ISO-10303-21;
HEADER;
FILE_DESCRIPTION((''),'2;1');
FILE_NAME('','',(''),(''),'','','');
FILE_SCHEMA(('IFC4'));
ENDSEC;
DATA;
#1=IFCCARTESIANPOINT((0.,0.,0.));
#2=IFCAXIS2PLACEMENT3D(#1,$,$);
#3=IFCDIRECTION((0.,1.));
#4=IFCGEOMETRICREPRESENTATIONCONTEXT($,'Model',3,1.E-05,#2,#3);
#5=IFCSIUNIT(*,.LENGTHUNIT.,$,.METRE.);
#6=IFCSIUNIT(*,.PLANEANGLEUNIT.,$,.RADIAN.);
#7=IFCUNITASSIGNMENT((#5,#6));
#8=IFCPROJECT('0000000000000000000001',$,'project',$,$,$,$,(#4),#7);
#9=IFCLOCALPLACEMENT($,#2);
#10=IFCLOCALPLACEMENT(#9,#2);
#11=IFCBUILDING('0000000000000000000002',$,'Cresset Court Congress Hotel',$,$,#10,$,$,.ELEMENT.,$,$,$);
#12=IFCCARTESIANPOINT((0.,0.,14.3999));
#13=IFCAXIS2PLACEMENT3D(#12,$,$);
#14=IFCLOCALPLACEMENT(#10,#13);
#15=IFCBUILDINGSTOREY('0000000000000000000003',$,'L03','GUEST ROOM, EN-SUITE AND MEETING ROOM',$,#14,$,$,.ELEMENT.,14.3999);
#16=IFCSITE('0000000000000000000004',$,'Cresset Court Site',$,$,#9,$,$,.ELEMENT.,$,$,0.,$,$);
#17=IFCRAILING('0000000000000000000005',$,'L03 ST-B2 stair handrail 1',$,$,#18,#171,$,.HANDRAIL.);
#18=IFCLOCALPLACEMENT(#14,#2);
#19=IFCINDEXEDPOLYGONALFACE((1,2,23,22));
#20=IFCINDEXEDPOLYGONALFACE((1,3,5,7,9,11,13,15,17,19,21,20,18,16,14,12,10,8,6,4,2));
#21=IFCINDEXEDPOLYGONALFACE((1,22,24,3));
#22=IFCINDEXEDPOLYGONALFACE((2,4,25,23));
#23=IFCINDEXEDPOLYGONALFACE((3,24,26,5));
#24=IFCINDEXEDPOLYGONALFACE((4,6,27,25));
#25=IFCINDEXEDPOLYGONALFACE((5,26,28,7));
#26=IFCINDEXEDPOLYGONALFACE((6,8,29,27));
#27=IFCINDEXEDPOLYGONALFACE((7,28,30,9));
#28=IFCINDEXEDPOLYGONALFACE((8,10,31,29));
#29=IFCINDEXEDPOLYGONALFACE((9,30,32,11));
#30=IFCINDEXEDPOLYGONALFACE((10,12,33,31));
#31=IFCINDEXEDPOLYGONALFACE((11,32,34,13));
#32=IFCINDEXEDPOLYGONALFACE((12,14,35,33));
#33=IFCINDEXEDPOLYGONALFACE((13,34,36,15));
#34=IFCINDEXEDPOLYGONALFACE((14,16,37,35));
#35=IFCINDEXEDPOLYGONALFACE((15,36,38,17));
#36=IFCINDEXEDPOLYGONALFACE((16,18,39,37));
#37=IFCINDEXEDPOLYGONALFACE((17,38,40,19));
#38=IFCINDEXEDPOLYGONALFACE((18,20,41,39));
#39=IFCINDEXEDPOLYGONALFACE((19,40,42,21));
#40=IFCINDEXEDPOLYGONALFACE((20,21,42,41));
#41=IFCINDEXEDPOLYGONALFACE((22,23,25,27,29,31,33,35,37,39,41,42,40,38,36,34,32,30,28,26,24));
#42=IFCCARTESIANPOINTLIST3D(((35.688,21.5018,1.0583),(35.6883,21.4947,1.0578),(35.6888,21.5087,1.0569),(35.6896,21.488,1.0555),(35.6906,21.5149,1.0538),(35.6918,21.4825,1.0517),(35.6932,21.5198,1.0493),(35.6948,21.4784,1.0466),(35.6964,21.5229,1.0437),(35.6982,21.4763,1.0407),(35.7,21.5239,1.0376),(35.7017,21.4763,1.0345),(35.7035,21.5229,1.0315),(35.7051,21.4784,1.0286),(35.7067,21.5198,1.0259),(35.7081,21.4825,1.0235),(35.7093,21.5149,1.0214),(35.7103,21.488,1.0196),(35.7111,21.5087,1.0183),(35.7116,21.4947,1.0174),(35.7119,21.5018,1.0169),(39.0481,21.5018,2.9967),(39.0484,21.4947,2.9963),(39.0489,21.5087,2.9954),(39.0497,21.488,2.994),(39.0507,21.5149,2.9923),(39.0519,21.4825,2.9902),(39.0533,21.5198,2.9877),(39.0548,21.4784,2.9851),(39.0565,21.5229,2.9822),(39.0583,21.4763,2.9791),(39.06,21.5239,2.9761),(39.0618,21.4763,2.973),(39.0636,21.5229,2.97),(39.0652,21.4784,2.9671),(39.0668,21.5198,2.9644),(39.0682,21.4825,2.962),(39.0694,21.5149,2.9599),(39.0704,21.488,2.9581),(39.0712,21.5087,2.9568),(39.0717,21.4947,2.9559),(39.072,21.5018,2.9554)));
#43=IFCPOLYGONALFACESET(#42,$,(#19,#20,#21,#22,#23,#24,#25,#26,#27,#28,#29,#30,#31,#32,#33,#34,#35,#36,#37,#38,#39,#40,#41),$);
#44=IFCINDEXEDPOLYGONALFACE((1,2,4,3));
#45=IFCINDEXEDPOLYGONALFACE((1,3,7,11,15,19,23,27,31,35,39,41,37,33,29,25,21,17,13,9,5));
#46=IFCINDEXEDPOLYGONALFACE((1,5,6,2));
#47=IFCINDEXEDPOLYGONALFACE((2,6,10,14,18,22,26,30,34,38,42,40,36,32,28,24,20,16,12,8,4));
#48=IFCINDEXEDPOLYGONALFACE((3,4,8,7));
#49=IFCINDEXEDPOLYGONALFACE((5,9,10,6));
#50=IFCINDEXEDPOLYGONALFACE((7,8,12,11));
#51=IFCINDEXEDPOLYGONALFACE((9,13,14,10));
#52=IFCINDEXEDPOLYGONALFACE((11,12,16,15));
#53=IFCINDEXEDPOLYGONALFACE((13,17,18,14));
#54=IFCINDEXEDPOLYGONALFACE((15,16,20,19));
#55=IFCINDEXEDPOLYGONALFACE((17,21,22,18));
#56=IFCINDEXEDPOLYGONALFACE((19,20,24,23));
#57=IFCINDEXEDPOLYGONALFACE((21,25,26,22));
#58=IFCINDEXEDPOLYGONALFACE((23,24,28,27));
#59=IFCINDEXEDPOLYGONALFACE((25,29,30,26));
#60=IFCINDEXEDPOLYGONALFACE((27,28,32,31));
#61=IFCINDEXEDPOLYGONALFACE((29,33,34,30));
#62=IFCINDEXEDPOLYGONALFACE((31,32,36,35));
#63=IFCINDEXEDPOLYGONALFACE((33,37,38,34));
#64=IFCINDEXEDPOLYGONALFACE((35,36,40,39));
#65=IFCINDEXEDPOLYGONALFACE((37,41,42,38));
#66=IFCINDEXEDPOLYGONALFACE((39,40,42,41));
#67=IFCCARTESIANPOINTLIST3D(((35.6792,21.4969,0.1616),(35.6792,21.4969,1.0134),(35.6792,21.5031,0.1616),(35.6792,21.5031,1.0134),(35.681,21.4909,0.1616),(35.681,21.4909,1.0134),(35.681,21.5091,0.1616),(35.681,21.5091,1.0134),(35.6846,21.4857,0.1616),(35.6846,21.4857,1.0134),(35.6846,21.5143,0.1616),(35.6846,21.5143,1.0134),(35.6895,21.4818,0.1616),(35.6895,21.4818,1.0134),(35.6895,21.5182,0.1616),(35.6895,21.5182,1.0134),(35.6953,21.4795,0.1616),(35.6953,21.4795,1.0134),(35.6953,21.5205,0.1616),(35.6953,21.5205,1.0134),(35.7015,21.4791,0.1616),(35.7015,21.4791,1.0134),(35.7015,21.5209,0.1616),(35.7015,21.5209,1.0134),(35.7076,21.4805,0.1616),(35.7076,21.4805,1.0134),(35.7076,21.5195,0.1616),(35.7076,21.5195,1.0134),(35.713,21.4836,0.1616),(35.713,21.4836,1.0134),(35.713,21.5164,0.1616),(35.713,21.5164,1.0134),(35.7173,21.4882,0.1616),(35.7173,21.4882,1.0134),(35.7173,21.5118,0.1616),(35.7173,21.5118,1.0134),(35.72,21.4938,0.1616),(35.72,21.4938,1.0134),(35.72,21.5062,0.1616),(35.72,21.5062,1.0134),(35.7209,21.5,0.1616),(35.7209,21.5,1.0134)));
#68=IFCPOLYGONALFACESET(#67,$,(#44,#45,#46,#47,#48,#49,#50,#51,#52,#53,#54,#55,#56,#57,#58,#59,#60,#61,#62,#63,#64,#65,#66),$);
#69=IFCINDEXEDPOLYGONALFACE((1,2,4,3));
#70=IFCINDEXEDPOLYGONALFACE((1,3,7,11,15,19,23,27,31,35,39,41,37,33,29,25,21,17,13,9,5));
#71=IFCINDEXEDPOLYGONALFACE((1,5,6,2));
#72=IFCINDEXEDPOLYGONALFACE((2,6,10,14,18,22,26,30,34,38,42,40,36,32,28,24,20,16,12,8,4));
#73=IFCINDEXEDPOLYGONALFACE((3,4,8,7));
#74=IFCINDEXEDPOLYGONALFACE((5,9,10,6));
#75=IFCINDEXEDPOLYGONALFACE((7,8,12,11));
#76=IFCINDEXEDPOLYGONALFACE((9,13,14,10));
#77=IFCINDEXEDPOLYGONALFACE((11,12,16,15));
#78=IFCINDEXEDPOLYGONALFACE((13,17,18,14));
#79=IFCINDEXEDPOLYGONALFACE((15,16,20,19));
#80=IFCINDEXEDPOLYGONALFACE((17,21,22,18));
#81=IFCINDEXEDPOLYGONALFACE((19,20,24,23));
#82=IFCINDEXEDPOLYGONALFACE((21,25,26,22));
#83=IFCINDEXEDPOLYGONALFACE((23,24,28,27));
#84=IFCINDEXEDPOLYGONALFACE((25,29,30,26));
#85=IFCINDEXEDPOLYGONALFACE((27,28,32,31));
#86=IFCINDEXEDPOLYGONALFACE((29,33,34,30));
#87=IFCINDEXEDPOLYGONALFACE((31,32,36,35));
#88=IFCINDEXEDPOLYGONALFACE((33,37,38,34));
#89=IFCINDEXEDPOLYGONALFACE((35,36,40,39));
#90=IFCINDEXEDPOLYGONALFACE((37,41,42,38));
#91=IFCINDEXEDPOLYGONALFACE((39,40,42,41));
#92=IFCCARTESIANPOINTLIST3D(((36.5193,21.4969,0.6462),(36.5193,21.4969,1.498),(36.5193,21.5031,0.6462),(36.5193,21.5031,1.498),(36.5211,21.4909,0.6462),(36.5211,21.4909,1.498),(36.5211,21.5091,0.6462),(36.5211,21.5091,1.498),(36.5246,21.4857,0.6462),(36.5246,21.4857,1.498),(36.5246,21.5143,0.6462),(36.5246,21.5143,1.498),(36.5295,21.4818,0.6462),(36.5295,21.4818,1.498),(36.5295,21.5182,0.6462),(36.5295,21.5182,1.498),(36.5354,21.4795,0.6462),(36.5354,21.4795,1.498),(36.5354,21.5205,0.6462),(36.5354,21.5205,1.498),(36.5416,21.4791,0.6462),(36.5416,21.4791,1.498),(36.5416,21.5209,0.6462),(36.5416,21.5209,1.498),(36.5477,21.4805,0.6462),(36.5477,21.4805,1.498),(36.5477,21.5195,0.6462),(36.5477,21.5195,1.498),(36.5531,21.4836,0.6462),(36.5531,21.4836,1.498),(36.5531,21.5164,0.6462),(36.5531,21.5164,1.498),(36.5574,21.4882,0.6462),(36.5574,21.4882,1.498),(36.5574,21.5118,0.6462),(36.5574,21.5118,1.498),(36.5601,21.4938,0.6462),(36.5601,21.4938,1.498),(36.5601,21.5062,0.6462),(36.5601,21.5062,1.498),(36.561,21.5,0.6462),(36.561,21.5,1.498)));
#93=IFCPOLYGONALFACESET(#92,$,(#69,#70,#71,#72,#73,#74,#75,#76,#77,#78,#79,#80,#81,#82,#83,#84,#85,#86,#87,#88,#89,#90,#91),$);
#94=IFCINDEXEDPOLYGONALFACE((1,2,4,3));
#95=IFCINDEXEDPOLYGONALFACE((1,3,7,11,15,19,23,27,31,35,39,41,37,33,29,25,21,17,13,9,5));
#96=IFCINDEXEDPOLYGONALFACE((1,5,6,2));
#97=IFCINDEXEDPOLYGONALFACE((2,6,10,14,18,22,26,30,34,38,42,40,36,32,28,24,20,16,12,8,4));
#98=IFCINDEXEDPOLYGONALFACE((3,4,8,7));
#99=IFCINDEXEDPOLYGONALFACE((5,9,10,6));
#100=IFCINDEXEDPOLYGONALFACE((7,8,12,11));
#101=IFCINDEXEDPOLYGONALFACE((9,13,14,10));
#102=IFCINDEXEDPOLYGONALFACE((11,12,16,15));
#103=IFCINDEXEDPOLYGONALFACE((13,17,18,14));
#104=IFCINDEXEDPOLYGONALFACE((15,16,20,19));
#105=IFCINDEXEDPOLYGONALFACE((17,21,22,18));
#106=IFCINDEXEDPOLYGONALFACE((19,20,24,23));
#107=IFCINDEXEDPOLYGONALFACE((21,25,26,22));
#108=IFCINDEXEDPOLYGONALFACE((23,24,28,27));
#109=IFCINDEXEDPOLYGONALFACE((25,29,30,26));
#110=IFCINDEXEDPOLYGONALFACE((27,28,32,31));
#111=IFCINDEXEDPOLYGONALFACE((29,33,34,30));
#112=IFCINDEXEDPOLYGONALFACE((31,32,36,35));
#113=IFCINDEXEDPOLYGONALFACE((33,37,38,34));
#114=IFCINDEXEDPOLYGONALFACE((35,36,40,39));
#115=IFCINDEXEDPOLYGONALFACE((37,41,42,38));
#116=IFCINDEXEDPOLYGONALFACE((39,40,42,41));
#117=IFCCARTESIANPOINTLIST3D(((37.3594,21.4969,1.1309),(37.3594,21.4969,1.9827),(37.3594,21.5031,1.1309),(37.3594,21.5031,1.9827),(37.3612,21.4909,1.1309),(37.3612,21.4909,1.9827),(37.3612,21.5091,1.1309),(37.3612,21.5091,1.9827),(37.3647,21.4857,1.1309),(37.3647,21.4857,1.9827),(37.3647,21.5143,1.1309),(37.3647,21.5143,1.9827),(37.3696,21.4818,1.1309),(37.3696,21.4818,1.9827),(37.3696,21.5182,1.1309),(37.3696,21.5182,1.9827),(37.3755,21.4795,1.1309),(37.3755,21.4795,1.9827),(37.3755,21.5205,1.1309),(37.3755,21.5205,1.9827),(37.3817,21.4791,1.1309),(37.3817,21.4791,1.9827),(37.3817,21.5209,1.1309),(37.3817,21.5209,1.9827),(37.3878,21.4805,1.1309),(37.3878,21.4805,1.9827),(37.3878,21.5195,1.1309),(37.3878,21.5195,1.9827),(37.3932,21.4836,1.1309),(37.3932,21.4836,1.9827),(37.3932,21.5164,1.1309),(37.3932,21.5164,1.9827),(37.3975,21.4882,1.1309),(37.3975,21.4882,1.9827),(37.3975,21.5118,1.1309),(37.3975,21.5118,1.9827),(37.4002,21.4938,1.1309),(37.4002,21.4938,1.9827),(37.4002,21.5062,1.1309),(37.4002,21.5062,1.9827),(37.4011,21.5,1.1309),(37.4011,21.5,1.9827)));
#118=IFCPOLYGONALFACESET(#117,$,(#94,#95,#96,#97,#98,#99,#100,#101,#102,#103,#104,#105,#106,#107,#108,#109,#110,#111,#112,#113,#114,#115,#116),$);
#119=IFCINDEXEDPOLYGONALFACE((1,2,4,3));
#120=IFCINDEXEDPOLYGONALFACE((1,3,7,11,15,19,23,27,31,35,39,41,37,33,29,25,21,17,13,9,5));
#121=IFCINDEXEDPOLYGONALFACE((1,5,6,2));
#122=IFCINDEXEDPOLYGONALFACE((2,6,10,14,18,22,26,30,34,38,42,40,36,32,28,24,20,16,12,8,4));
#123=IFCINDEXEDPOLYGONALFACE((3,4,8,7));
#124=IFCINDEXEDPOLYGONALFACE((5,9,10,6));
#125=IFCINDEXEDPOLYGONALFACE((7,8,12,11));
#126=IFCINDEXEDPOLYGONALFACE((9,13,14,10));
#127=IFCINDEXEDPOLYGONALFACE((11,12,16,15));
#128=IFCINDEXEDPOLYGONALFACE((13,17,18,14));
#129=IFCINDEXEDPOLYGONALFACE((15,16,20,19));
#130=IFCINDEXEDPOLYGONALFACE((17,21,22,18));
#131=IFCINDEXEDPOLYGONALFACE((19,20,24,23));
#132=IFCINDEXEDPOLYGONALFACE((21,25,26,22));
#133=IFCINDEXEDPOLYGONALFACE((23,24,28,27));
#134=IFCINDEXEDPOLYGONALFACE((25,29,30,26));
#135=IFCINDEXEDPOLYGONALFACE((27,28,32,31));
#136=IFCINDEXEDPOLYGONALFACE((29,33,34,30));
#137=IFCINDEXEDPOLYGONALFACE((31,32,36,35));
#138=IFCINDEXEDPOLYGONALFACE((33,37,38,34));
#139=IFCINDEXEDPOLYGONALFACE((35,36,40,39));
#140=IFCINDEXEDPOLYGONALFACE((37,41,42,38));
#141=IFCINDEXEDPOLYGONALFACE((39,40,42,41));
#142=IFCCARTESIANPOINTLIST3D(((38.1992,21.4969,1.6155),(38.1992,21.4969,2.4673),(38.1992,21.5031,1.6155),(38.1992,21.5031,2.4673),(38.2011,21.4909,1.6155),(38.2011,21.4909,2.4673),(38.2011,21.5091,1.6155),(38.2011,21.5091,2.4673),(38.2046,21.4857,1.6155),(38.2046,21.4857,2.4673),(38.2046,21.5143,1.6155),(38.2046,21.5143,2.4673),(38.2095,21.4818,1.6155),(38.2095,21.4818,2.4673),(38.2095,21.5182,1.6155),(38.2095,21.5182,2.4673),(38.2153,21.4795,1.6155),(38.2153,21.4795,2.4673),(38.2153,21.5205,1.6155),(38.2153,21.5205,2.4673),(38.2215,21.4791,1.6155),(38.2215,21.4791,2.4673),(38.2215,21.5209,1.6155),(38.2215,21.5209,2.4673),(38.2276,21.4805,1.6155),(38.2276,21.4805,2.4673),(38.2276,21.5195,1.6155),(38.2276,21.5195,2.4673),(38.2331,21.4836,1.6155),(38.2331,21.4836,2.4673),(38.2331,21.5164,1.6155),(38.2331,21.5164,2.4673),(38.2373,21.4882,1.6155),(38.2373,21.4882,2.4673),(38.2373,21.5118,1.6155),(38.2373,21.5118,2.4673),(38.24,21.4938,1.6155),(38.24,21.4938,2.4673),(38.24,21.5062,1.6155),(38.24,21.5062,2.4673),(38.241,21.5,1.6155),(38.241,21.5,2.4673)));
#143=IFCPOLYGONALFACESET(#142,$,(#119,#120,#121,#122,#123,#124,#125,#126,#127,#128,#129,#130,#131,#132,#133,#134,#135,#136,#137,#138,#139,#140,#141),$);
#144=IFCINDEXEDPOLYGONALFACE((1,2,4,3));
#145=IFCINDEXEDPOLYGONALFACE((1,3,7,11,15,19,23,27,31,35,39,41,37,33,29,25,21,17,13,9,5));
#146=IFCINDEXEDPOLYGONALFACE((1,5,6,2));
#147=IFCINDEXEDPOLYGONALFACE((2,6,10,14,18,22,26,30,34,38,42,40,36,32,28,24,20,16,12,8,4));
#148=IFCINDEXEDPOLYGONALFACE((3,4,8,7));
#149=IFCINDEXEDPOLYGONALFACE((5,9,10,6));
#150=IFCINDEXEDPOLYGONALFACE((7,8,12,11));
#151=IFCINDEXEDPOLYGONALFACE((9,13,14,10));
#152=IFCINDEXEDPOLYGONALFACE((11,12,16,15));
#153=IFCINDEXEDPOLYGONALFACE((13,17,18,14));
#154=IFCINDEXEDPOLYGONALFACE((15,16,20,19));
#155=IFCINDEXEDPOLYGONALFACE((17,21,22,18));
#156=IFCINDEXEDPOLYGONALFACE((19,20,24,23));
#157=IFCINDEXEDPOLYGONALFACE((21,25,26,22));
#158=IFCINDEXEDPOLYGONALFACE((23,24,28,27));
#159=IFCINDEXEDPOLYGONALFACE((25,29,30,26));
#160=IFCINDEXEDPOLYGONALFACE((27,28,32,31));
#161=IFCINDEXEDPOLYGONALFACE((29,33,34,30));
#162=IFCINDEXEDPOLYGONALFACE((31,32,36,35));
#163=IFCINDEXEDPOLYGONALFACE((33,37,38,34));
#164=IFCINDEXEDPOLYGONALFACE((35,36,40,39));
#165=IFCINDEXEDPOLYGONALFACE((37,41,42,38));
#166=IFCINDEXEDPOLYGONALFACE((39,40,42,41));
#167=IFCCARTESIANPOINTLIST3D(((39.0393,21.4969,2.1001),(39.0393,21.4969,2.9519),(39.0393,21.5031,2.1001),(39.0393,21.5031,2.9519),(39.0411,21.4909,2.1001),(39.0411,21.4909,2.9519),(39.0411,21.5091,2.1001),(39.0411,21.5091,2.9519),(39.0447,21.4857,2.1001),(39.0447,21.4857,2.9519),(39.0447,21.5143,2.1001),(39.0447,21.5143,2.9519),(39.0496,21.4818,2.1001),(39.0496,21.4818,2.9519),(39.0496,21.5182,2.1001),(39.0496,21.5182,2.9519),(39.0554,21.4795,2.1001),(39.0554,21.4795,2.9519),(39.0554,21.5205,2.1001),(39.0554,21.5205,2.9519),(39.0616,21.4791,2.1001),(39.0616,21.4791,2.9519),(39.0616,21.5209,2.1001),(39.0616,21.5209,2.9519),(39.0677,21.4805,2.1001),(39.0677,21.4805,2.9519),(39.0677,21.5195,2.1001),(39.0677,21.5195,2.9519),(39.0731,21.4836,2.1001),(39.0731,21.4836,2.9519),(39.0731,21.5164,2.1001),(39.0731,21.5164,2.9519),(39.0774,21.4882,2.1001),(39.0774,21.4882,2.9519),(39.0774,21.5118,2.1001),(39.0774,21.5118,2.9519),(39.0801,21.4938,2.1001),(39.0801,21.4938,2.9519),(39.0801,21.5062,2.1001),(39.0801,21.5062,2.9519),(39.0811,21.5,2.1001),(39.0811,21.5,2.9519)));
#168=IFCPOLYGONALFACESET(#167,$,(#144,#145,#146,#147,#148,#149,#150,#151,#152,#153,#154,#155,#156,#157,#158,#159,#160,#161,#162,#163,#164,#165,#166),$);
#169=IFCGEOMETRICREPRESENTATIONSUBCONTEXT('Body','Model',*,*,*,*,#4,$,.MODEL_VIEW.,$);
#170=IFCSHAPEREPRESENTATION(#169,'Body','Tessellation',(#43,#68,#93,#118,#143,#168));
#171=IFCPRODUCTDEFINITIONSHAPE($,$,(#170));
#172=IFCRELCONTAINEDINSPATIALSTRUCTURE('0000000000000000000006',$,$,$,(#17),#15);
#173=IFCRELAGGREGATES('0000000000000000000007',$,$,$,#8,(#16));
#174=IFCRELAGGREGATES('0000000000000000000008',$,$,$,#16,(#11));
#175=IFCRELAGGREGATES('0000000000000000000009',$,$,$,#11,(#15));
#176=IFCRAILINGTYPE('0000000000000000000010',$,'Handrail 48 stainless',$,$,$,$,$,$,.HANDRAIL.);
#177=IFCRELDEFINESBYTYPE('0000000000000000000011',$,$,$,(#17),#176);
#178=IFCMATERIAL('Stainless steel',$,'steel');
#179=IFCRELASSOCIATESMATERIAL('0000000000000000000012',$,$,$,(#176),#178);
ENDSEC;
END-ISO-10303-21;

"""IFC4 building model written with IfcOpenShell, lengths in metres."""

from ifc_helpers import new_model, si_unit, direction, frame, origin, origin_2d, place, context, subcontext, project, spatial, circle, extrude, material, type_object, element, save


model = new_model("IFC4")

# Units and contexts
model_context = context("Model", 3, precision=1e-05, world=origin(), true_north=direction((0.0, 1.0)))
body_context = subcontext(model_context, "Body", "Model", "MODEL_VIEW")
ifc_project = project(units=[si_unit("LENGTHUNIT", "METRE"), si_unit("PLANEANGLEUNIT", "RADIAN")], contexts=[model_context])

# Site, building, storey
site_placement = place(None, origin())
site = spatial("IfcSite", under=ifc_project, at=site_placement, Name="Cresset Court Site", CompositionType="ELEMENT", RefElevation=0.0)
building_placement = place(site_placement, origin())
building = spatial("IfcBuilding", under=site, at=building_placement, Name="Cresset Court Congress Hotel", CompositionType="ELEMENT")
storey_placement = place(building_placement, frame((0.0, 0.0, 14.3999)))
storey = spatial("IfcBuildingStorey", under=building, at=storey_placement, Name="L03", Description="GUEST ROOM, EN-SUITE AND MEETING ROOM", CompositionType="ELEMENT", Elevation=14.3999)

# Railing
ifc_material_1 = material(Name="Stainless steel", Category="steel")
railing_type_1 = type_object("IfcRailingType", Name="Handrail 48 stainless", PredefinedType="HANDRAIL", material=ifc_material_1)
railing_1_placement = place(storey_placement, frame((35.7, 21.5, 0.1616)))
element("IfcRailing", 1, at=railing_1_placement, inside=storey, type_object=railing_type_1, Name="L03 ST-B2 stair handrail 1", PredefinedType="HANDRAIL", context=body_context, shape_type="SweptSolid", body=[
    extrude(circle(Radius=0.0239, at=origin_2d()), frame((0.0, 0.0, 0.876), z_axis=(0.866191, 0.0, 0.499713), x_axis=(0.0, 1.0, 0.0)), (0.0, 0.0, 1.0), 3.8792),
    extrude(circle(Radius=0.021, at=origin_2d()), origin(), (0.0, 0.0, 1.0), 0.8518),
    extrude(circle(Radius=0.021, at=origin_2d()), frame((0.8401, 0.0, 0.4846)), (0.0, 0.0, 1.0), 0.8518),
    extrude(circle(Radius=0.021, at=origin_2d()), frame((1.6802, 0.0, 0.9692)), (0.0, 0.0, 1.0), 0.8518),
    extrude(circle(Radius=0.021, at=origin_2d()), frame((2.52, 0.0, 1.4539)), (0.0, 0.0, 1.0), 0.8518),
    extrude(circle(Radius=0.021, at=origin_2d()), frame((3.3601, 0.0, 1.9385)), (0.0, 0.0, 1.0), 0.8518),
])

save(model, "model.ifc")
